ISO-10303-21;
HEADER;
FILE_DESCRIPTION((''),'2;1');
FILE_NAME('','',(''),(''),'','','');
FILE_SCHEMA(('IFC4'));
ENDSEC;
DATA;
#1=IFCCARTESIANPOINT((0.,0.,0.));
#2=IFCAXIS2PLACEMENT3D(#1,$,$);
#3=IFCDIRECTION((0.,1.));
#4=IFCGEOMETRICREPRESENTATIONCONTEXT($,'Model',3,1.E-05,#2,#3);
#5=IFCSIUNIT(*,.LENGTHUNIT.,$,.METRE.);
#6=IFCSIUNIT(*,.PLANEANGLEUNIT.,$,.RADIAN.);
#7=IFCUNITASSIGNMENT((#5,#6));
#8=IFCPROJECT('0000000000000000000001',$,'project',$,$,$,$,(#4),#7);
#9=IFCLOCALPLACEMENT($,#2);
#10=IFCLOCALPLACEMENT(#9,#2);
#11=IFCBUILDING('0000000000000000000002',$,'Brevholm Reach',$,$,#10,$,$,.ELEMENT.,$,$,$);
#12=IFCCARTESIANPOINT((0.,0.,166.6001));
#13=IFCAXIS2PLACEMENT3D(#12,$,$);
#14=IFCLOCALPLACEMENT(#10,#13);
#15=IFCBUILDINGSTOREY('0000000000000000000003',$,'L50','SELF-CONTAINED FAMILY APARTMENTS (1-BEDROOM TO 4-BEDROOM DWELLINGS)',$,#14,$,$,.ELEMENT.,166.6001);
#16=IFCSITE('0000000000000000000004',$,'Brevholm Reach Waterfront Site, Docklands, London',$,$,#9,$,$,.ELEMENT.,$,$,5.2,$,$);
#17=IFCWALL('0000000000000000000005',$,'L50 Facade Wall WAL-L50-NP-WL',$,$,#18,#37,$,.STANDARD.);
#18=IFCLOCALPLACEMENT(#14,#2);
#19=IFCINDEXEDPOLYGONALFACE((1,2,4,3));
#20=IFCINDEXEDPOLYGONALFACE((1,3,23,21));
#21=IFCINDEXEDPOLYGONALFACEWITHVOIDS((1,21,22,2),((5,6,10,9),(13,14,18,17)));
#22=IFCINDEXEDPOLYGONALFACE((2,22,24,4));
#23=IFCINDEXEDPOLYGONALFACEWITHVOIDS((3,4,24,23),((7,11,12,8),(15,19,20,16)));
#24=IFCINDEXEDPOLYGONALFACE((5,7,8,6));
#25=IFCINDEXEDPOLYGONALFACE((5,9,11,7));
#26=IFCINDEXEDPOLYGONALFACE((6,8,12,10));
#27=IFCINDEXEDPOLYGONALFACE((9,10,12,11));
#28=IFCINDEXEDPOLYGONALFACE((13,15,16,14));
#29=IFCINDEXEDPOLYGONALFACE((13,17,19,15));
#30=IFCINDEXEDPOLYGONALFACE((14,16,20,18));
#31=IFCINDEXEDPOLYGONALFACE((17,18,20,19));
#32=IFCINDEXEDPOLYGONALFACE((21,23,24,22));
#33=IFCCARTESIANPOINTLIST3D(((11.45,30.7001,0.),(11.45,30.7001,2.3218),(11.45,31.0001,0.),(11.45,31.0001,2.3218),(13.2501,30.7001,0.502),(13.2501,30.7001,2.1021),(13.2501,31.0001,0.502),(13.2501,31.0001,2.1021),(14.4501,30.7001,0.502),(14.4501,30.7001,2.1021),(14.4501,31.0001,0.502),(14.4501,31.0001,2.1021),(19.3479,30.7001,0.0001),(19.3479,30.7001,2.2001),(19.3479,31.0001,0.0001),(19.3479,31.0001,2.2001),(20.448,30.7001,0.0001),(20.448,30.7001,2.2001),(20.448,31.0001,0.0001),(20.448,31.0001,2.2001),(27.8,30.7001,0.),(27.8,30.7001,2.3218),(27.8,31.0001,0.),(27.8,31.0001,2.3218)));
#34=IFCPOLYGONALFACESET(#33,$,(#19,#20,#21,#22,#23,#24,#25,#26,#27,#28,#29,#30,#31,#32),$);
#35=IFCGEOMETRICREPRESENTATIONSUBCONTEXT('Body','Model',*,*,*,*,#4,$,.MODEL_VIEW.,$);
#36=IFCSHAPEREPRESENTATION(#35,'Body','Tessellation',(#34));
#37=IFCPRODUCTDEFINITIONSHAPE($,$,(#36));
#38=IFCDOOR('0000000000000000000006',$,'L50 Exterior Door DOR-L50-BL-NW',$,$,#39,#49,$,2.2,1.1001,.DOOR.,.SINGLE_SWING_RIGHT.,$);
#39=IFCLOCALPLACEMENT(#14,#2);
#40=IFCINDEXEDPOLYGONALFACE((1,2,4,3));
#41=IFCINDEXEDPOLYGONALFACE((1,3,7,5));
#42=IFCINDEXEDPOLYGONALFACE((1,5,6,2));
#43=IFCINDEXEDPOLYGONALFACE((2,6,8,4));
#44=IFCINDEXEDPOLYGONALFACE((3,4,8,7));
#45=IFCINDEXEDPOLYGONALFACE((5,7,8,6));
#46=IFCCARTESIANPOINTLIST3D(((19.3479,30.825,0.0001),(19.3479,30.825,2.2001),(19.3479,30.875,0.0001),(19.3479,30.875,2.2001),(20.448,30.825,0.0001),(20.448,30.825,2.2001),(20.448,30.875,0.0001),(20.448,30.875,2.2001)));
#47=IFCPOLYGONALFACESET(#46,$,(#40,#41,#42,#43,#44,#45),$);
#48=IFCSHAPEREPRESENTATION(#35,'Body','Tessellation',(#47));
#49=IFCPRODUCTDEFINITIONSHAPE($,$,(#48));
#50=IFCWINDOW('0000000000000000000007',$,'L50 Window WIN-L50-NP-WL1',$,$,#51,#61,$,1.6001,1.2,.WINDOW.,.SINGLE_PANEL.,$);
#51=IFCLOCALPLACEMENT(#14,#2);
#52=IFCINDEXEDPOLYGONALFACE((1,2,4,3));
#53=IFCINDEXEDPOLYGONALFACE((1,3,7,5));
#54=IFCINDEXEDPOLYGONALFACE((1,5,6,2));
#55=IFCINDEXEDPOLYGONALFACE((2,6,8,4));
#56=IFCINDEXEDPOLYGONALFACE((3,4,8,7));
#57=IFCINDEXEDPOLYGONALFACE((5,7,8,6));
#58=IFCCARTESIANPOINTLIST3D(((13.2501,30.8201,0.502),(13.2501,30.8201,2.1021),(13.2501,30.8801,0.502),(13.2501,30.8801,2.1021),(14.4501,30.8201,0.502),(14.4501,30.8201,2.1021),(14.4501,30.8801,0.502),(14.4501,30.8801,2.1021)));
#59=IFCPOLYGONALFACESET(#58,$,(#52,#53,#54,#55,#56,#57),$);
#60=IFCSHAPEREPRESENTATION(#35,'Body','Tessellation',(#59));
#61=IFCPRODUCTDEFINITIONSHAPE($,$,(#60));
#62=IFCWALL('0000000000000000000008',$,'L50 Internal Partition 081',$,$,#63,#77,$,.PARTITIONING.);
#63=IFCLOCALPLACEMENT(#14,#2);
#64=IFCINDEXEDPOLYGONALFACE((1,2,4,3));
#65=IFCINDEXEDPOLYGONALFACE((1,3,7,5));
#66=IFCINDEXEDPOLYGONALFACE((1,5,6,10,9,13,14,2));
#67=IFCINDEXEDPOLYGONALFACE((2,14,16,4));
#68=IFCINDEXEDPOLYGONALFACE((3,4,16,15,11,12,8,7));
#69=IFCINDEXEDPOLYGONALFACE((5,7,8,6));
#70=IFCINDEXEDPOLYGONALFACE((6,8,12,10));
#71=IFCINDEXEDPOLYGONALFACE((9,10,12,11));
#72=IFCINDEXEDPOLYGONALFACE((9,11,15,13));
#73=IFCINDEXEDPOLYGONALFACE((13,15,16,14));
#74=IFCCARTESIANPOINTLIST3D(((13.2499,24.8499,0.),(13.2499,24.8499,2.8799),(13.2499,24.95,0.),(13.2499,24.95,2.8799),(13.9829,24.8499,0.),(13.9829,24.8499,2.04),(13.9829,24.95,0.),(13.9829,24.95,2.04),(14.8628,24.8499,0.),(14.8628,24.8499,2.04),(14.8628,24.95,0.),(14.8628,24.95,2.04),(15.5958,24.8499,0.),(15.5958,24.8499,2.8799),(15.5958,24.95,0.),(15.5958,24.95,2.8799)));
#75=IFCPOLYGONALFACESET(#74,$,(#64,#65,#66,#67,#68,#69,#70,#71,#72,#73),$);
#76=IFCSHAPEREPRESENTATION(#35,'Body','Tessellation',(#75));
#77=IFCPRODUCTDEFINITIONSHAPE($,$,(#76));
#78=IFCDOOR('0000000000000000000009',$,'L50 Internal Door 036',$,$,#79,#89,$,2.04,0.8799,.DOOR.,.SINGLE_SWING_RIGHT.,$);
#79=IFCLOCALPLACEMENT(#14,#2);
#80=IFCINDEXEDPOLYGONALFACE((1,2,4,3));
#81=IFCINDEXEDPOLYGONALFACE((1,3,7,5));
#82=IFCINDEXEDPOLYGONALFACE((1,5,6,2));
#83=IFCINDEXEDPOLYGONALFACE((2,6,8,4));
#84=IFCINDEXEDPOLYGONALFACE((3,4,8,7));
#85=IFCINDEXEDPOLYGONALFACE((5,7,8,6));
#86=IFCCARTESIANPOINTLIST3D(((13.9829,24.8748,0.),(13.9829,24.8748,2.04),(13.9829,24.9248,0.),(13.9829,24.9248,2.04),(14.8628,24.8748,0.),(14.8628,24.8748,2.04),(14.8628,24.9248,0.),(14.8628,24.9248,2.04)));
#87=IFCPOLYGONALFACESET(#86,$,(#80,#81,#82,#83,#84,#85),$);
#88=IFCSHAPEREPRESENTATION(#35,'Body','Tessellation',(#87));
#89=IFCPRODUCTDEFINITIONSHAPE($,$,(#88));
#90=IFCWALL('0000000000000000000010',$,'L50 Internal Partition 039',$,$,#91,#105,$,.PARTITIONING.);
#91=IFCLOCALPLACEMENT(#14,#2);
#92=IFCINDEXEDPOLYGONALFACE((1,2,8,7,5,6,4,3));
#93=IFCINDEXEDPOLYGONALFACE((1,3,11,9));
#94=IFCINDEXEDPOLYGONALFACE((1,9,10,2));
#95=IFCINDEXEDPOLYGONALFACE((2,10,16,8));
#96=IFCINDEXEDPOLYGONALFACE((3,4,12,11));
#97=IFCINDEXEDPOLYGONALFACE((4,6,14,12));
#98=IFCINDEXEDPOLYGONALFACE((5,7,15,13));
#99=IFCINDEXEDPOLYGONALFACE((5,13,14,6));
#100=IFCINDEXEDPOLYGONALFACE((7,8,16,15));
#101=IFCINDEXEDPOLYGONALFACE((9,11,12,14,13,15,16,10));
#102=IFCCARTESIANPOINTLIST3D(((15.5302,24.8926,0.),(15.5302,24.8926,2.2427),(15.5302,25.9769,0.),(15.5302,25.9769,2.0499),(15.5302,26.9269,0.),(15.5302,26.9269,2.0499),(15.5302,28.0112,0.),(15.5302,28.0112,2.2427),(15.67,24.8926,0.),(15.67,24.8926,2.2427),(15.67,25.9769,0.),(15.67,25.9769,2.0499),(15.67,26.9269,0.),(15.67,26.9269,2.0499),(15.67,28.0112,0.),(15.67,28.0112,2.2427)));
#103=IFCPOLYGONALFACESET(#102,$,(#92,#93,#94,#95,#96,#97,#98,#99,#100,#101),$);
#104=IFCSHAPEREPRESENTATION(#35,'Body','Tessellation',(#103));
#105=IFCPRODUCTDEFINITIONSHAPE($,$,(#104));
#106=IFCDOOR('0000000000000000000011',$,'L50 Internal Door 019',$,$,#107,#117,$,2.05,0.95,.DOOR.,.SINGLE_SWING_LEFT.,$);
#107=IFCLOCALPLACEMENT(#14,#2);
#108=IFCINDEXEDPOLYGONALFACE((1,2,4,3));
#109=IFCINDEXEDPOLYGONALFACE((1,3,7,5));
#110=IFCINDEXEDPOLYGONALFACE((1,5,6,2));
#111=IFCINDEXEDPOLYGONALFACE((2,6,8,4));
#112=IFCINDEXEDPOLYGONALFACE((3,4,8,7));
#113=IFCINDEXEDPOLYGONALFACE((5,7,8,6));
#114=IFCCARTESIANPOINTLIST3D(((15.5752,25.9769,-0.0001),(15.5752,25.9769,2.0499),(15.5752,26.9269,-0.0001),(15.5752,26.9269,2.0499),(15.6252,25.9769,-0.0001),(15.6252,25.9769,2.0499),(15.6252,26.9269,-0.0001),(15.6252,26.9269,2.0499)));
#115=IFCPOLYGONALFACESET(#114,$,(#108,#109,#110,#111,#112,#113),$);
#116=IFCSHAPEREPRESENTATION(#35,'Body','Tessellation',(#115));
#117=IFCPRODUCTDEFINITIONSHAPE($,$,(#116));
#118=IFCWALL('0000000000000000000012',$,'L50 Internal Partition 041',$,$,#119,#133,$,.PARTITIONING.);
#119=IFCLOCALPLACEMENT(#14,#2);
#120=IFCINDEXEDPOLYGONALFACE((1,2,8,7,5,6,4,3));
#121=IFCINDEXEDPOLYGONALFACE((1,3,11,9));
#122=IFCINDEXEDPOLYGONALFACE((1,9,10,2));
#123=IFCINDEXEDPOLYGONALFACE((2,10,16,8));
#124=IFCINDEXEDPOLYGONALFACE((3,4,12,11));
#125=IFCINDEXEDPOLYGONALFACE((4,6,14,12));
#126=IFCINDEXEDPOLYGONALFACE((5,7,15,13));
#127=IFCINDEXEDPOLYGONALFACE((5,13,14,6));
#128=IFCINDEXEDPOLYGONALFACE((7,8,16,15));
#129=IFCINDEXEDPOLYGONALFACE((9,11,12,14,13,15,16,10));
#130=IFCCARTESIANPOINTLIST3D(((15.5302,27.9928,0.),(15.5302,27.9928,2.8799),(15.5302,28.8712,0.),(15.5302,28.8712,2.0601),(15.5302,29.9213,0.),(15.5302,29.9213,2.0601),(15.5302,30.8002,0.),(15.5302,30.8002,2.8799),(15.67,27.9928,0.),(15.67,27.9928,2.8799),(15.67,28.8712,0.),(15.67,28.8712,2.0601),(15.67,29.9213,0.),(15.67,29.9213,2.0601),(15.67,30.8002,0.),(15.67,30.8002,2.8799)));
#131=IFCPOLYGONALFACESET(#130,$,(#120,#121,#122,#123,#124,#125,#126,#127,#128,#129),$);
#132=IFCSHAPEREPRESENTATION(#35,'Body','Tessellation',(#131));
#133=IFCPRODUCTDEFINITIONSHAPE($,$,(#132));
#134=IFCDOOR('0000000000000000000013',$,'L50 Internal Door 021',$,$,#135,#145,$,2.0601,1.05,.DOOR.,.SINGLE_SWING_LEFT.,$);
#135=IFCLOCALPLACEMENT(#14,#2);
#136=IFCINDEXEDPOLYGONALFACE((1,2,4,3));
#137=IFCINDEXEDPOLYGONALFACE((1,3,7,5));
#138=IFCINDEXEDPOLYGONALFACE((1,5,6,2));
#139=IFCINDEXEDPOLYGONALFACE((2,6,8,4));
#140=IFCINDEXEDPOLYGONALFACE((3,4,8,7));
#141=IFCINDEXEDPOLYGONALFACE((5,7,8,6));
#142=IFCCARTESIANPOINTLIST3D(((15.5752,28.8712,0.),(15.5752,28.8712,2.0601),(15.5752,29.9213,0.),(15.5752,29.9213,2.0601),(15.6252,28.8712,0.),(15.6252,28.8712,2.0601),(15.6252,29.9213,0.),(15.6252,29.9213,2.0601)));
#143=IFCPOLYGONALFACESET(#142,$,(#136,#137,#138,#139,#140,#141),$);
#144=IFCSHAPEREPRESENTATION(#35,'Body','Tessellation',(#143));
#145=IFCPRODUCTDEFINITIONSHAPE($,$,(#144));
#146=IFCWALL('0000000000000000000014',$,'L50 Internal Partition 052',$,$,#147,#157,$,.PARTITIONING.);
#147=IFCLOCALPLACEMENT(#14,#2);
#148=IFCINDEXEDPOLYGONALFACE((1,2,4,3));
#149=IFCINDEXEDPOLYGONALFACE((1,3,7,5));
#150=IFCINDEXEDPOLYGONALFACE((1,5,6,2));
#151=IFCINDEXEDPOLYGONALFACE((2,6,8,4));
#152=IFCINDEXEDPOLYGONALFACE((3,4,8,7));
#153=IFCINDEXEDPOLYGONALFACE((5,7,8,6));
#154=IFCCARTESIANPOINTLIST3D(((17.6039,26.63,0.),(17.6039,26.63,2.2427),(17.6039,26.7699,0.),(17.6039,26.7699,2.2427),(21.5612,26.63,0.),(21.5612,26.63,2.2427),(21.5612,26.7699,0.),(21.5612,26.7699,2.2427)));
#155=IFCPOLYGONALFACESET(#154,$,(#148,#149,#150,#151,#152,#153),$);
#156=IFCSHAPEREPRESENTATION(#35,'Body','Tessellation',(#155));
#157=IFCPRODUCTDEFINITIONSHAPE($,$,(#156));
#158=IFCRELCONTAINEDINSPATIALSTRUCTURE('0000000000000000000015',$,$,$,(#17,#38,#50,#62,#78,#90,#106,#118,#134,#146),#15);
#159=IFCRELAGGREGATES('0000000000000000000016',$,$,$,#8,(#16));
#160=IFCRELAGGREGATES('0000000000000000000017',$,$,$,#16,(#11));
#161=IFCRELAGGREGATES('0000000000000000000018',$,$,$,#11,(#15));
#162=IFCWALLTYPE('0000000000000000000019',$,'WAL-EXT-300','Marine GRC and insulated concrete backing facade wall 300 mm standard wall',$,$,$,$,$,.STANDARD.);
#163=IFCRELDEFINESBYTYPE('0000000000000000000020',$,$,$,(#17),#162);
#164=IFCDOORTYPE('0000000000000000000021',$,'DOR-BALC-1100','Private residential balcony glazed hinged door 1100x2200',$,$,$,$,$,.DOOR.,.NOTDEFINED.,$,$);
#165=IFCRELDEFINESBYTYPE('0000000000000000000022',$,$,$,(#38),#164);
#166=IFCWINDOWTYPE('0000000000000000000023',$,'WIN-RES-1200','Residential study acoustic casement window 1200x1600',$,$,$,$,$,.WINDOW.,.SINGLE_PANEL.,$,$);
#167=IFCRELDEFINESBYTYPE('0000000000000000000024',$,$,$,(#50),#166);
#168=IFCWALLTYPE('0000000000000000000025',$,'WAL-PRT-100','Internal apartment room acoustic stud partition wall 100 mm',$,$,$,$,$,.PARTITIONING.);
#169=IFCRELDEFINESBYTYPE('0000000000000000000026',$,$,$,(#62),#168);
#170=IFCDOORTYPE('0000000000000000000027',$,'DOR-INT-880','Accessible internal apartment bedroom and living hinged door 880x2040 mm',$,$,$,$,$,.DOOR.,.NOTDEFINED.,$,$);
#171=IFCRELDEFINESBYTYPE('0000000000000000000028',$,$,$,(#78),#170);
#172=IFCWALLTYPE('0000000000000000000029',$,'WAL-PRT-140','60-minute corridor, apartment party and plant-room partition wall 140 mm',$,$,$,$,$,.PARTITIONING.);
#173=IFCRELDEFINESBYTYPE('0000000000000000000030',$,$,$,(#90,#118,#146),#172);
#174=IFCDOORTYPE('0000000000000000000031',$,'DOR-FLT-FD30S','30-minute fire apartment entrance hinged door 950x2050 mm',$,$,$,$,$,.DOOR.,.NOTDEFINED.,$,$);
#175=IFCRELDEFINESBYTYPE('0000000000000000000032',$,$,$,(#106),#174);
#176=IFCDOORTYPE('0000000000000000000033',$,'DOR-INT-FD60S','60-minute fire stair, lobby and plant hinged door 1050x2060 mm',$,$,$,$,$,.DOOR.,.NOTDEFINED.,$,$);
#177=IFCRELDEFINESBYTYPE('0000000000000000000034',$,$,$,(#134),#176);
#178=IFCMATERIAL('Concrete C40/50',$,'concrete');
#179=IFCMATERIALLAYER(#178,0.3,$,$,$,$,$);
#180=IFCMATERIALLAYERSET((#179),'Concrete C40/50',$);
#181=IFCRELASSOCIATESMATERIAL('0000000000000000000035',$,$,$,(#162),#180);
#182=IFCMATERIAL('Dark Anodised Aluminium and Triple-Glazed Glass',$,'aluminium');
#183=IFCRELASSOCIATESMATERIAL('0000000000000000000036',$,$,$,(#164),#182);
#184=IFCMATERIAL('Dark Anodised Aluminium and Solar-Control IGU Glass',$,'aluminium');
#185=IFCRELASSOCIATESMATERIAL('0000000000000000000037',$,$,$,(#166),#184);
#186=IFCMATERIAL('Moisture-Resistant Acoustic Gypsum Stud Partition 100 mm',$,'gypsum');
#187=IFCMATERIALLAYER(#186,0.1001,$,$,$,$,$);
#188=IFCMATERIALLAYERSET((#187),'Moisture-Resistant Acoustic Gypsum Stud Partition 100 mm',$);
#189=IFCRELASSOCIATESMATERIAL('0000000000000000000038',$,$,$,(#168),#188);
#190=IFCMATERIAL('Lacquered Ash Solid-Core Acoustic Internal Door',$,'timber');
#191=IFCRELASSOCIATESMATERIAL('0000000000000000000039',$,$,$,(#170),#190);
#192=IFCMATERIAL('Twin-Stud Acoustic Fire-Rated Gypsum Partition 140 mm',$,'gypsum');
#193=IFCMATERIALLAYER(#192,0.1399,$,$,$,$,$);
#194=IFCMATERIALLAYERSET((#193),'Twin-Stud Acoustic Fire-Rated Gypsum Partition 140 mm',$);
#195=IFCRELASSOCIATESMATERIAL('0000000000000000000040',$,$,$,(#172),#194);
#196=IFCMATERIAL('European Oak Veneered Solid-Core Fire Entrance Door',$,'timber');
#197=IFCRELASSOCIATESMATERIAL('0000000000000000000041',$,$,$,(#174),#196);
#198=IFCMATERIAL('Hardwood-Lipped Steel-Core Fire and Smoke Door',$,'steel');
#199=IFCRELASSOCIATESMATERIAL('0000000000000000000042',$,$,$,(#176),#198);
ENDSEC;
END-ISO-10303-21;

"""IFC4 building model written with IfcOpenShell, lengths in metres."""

from ifc_helpers import new_model, si_unit, direction, frame, frame_2d, origin, place, context, subcontext, project, spatial, rectangle, extrude, material, layer, layer_set, type_object, element, fill, save


model = new_model("IFC4")

# Units and contexts
model_context = context("Model", 3, precision=1e-05, world=origin(), true_north=direction((0.0, 1.0)))
body_context = subcontext(model_context, "Body", "Model", "MODEL_VIEW")
ifc_project = project(units=[si_unit("LENGTHUNIT", "METRE"), si_unit("PLANEANGLEUNIT", "RADIAN")], contexts=[model_context])

# Site, building, storey
site_placement = place(None, origin())
site = spatial("IfcSite", under=ifc_project, at=site_placement, Name="Brevholm Reach Waterfront Site, Docklands, London", CompositionType="ELEMENT", RefElevation=5.2)
building_placement = place(site_placement, origin())
building = spatial("IfcBuilding", under=site, at=building_placement, Name="Brevholm Reach", CompositionType="ELEMENT")
storey_placement = place(building_placement, frame((0.0, 0.0, 166.6001)))
storey = spatial("IfcBuildingStorey", under=building, at=storey_placement, Name="L50", Description="SELF-CONTAINED FAMILY APARTMENTS (1-BEDROOM TO 4-BEDROOM DWELLINGS)", CompositionType="ELEMENT", Elevation=166.6001)

# Wall, openings, door, window
ifc_material_1 = material(Name="Concrete C40/50", Category="concrete")
ifc_layer_1 = layer(ifc_material_1, 0.3)
ifc_layer_set_1 = layer_set([ifc_layer_1], Name="Concrete C40/50")
wall_type_1 = type_object("IfcWallType", Name="WAL-EXT-300", Description="Marine GRC and insulated concrete backing facade wall 300 mm standard wall", PredefinedType="STANDARD", material=ifc_layer_set_1)
wall_1_placement = place(storey_placement, frame((11.45, 30.8501, 0.0), z_axis=(0.0, 0.0, 1.0), x_axis=(1.0, 0.0, 0.0)))
wall_1 = element("IfcWall", 1, at=wall_1_placement, inside=storey, type_object=wall_type_1, Name="L50 Facade Wall WAL-L50-NP-WL", PredefinedType="STANDARD", context=body_context, shape_type="SweptSolid", body=[
    extrude(rectangle(XDim=16.3501, YDim=0.3, at=frame_2d((8.175, 0.0))), origin(), (0.0, 0.0, 1.0), 2.3218),
])
opening_1_placement = place(wall_1_placement, frame((7.8979, 0.0, 0.0)))
opening_1 = element("IfcOpeningElement", 2, at=opening_1_placement, cuts=wall_1, PredefinedType="OPENING", context=body_context, shape_type="SweptSolid", body=[
    extrude(rectangle(XDim=1.1001, YDim=2.2, at=frame_2d((0.55, 1.1001))), frame((0.0, 0.1599, 0.0), z_axis=(0.0, -1.0, 0.0), x_axis=(1.0, 0.0, 0.0)), (0.0, 0.0, 1.0), 0.3201),
])
opening_2_placement = place(wall_1_placement, frame((1.8, 0.0, 0.502)))
opening_2 = element("IfcOpeningElement", 3, at=opening_2_placement, cuts=wall_1, PredefinedType="OPENING", context=body_context, shape_type="SweptSolid", body=[
    extrude(rectangle(XDim=1.2, YDim=1.6001, at=frame_2d((0.6001, 0.8))), frame((0.0, 0.1599, 0.0), z_axis=(0.0, -1.0, 0.0), x_axis=(1.0, 0.0, 0.0)), (0.0, 0.0, 1.0), 0.3201),
])
ifc_material_2 = material(Name="Dark Anodised Aluminium and Triple-Glazed Glass", Category="aluminium")
door_type_1 = type_object("IfcDoorType", Name="DOR-BALC-1100", Description="Private residential balcony glazed hinged door 1100x2200", OperationType="NOTDEFINED", PredefinedType="DOOR", material=ifc_material_2)
door_1_placement = place(opening_1_placement, origin())
door_1 = element("IfcDoor", 4, at=door_1_placement, inside=storey, type_object=door_type_1, Name="L50 Exterior Door DOR-L50-BL-NW", OperationType="SINGLE_SWING_RIGHT", OverallHeight=2.2, OverallWidth=1.1001, PredefinedType="DOOR", context=body_context, shape_type="SweptSolid", body=[
    extrude(rectangle(XDim=1.1001, YDim=2.2, at=frame_2d((0.55, 1.1001))), frame((0.0, 0.0249, 0.0), z_axis=(0.0, -1.0, 0.0), x_axis=(1.0, 0.0, 0.0)), (0.0, 0.0, 1.0), 0.05),
])
fill(opening_1, door_1)
ifc_material_3 = material(Name="Dark Anodised Aluminium and Solar-Control IGU Glass", Category="aluminium")
window_type = type_object("IfcWindowType", Name="WIN-RES-1200", Description="Residential study acoustic casement window 1200x1600", PartitioningType="SINGLE_PANEL", PredefinedType="WINDOW", material=ifc_material_3)
window_placement = place(opening_2_placement, origin())
window = element("IfcWindow", 5, at=window_placement, inside=storey, type_object=window_type, Name="L50 Window WIN-L50-NP-WL1", OverallHeight=1.6001, OverallWidth=1.2, PartitioningType="SINGLE_PANEL", PredefinedType="WINDOW", context=body_context, shape_type="SweptSolid", body=[
    extrude(rectangle(XDim=1.2, YDim=1.6001, at=frame_2d((0.6001, 0.8))), frame((0.0, 0.03, 0.0), z_axis=(0.0, -1.0, 0.0), x_axis=(1.0, 0.0, 0.0)), (0.0, 0.0, 1.0), 0.0601),
])
fill(opening_2, window)

# Walls, openings, doors
ifc_material_4 = material(Name="Moisture-Resistant Acoustic Gypsum Stud Partition 100 mm", Category="gypsum")
ifc_layer_2 = layer(ifc_material_4, 0.1001)
ifc_layer_set_2 = layer_set([ifc_layer_2], Name="Moisture-Resistant Acoustic Gypsum Stud Partition 100 mm")
wall_type_2 = type_object("IfcWallType", Name="WAL-PRT-100", Description="Internal apartment room acoustic stud partition wall 100 mm", PredefinedType="PARTITIONING", material=ifc_layer_set_2)
wall_2_placement = place(storey_placement, frame((13.25, 24.8999, 0.0), z_axis=(0.0, 0.0, 1.0), x_axis=(1.0, 0.0, 0.0)))
wall_2 = element("IfcWall", 6, at=wall_2_placement, inside=storey, type_object=wall_type_2, Name="L50 Internal Partition 081", PredefinedType="PARTITIONING", context=body_context, shape_type="SweptSolid", body=[
    extrude(rectangle(XDim=2.3459, YDim=0.1001, at=frame_2d((1.1729, 0.0))), origin(), (0.0, 0.0, 1.0), 2.8799),
])
opening_3_placement = place(wall_2_placement, frame((0.7329, 0.0, 0.0)))
opening_3 = element("IfcOpeningElement", 7, at=opening_3_placement, cuts=wall_2, PredefinedType="OPENING", context=body_context, shape_type="SweptSolid", body=[
    extrude(rectangle(XDim=0.8799, YDim=2.04, at=frame_2d((0.4399, 1.02))), frame((0.0, 0.0601, 0.0), z_axis=(0.0, -1.0, 0.0), x_axis=(1.0, 0.0, 0.0)), (0.0, 0.0, 1.0), 0.1201),
])
ifc_material_5 = material(Name="Lacquered Ash Solid-Core Acoustic Internal Door", Category="timber")
door_type_2 = type_object("IfcDoorType", Name="DOR-INT-880", Description="Accessible internal apartment bedroom and living hinged door 880x2040 mm", OperationType="NOTDEFINED", PredefinedType="DOOR", material=ifc_material_5)
door_2_placement = place(opening_3_placement, origin())
door_2 = element("IfcDoor", 8, at=door_2_placement, inside=storey, type_object=door_type_2, Name="L50 Internal Door 036", OperationType="SINGLE_SWING_RIGHT", OverallHeight=2.04, OverallWidth=0.8799, PredefinedType="DOOR", context=body_context, shape_type="SweptSolid", body=[
    extrude(rectangle(XDim=0.8799, YDim=2.04, at=frame_2d((0.4399, 1.02))), frame((0.0, 0.0249, 0.0), z_axis=(0.0, -1.0, 0.0), x_axis=(1.0, 0.0, 0.0)), (0.0, 0.0, 1.0), 0.05),
])
fill(opening_3, door_2)
ifc_material_6 = material(Name="Twin-Stud Acoustic Fire-Rated Gypsum Partition 140 mm", Category="gypsum")
ifc_layer_3 = layer(ifc_material_6, 0.1399)
ifc_layer_set_3 = layer_set([ifc_layer_3], Name="Twin-Stud Acoustic Fire-Rated Gypsum Partition 140 mm")
wall_type_3 = type_object("IfcWallType", Name="WAL-PRT-140", Description="60-minute corridor, apartment party and plant-room partition wall 140 mm", PredefinedType="PARTITIONING", material=ifc_layer_set_3)
wall_3_placement = place(storey_placement, frame((15.6001, 24.8926, 0.0), z_axis=(0.0, 0.0, 1.0), x_axis=(0.0, 1.0, 0.0)))
wall_3 = element("IfcWall", 9, at=wall_3_placement, inside=storey, type_object=wall_type_3, Name="L50 Internal Partition 039", PredefinedType="PARTITIONING", context=body_context, shape_type="SweptSolid", body=[
    extrude(rectangle(XDim=3.1187, YDim=0.1399, at=frame_2d((1.5593, 0.0))), origin(), (0.0, 0.0, 1.0), 2.2427),
])
opening_4_placement = place(wall_3_placement, frame((1.0842, 0.0, 0.0)))
opening_4 = element("IfcOpeningElement", 10, at=opening_4_placement, cuts=wall_3, PredefinedType="OPENING", context=body_context, shape_type="SweptSolid", body=[
    extrude(rectangle(XDim=0.95, YDim=2.05, at=frame_2d((0.4751, 1.0249))), frame((0.0, 0.0798, 0.0), z_axis=(0.0, -1.0, 0.0), x_axis=(1.0, 0.0, 0.0)), (0.0, 0.0, 1.0), 0.1599),
])
ifc_material_7 = material(Name="European Oak Veneered Solid-Core Fire Entrance Door", Category="timber")
door_type_3 = type_object("IfcDoorType", Name="DOR-FLT-FD30S", Description="30-minute fire apartment entrance hinged door 950x2050 mm", OperationType="NOTDEFINED", PredefinedType="DOOR", material=ifc_material_7)
door_3_placement = place(opening_4_placement, origin())
door_3 = element("IfcDoor", 11, at=door_3_placement, inside=storey, type_object=door_type_3, Name="L50 Internal Door 019", OperationType="SINGLE_SWING_LEFT", OverallHeight=2.05, OverallWidth=0.95, PredefinedType="DOOR", context=body_context, shape_type="SweptSolid", body=[
    extrude(rectangle(XDim=0.95, YDim=2.05, at=frame_2d((0.4751, 1.0249))), frame((0.0, 0.0249, 0.0), z_axis=(0.0, -1.0, 0.0), x_axis=(1.0, 0.0, 0.0)), (0.0, 0.0, 1.0), 0.05),
])
fill(opening_4, door_3)
wall_4_placement = place(storey_placement, frame((15.6001, 27.9927, 0.0), z_axis=(0.0, 0.0, 1.0), x_axis=(0.0, 1.0, 0.0)))
wall_4 = element("IfcWall", 12, at=wall_4_placement, inside=storey, type_object=wall_type_3, Name="L50 Internal Partition 041", PredefinedType="PARTITIONING", context=body_context, shape_type="SweptSolid", body=[
    extrude(rectangle(XDim=2.8074, YDim=0.1399, at=frame_2d((1.4038, 0.0))), origin(), (0.0, 0.0, 1.0), 2.8799),
])
opening_5_placement = place(wall_4_placement, frame((0.8787, 0.0, 0.0)))
opening_5 = element("IfcOpeningElement", 13, at=opening_5_placement, cuts=wall_4, PredefinedType="OPENING", context=body_context, shape_type="SweptSolid", body=[
    extrude(rectangle(XDim=1.05, YDim=2.0601, at=frame_2d((0.5249, 1.03))), frame((0.0, 0.0798, 0.0), z_axis=(0.0, -1.0, 0.0), x_axis=(1.0, 0.0, 0.0)), (0.0, 0.0, 1.0), 0.1599),
])
ifc_material_8 = material(Name="Hardwood-Lipped Steel-Core Fire and Smoke Door", Category="steel")
door_type_4 = type_object("IfcDoorType", Name="DOR-INT-FD60S", Description="60-minute fire stair, lobby and plant hinged door 1050x2060 mm", OperationType="NOTDEFINED", PredefinedType="DOOR", material=ifc_material_8)
door_4_placement = place(opening_5_placement, origin())
door_4 = element("IfcDoor", 14, at=door_4_placement, inside=storey, type_object=door_type_4, Name="L50 Internal Door 021", OperationType="SINGLE_SWING_LEFT", OverallHeight=2.0601, OverallWidth=1.05, PredefinedType="DOOR", context=body_context, shape_type="SweptSolid", body=[
    extrude(rectangle(XDim=1.05, YDim=2.0601, at=frame_2d((0.5249, 1.03))), frame((0.0, 0.0249, 0.0), z_axis=(0.0, -1.0, 0.0), x_axis=(1.0, 0.0, 0.0)), (0.0, 0.0, 1.0), 0.05),
])
fill(opening_5, door_4)

# Wall
wall_5_placement = place(storey_placement, frame((17.604, 26.7, 0.0), z_axis=(0.0, 0.0, 1.0), x_axis=(1.0, 0.0, 0.0)))
element("IfcWall", 15, at=wall_5_placement, inside=storey, type_object=wall_type_3, Name="L50 Internal Partition 052", PredefinedType="PARTITIONING", context=body_context, shape_type="SweptSolid", body=[
    extrude(rectangle(XDim=3.9573, YDim=0.1399, at=frame_2d((1.9785, 0.0))), origin(), (0.0, 0.0, 1.0), 2.2427),
])

save(model, "model.ifc")
